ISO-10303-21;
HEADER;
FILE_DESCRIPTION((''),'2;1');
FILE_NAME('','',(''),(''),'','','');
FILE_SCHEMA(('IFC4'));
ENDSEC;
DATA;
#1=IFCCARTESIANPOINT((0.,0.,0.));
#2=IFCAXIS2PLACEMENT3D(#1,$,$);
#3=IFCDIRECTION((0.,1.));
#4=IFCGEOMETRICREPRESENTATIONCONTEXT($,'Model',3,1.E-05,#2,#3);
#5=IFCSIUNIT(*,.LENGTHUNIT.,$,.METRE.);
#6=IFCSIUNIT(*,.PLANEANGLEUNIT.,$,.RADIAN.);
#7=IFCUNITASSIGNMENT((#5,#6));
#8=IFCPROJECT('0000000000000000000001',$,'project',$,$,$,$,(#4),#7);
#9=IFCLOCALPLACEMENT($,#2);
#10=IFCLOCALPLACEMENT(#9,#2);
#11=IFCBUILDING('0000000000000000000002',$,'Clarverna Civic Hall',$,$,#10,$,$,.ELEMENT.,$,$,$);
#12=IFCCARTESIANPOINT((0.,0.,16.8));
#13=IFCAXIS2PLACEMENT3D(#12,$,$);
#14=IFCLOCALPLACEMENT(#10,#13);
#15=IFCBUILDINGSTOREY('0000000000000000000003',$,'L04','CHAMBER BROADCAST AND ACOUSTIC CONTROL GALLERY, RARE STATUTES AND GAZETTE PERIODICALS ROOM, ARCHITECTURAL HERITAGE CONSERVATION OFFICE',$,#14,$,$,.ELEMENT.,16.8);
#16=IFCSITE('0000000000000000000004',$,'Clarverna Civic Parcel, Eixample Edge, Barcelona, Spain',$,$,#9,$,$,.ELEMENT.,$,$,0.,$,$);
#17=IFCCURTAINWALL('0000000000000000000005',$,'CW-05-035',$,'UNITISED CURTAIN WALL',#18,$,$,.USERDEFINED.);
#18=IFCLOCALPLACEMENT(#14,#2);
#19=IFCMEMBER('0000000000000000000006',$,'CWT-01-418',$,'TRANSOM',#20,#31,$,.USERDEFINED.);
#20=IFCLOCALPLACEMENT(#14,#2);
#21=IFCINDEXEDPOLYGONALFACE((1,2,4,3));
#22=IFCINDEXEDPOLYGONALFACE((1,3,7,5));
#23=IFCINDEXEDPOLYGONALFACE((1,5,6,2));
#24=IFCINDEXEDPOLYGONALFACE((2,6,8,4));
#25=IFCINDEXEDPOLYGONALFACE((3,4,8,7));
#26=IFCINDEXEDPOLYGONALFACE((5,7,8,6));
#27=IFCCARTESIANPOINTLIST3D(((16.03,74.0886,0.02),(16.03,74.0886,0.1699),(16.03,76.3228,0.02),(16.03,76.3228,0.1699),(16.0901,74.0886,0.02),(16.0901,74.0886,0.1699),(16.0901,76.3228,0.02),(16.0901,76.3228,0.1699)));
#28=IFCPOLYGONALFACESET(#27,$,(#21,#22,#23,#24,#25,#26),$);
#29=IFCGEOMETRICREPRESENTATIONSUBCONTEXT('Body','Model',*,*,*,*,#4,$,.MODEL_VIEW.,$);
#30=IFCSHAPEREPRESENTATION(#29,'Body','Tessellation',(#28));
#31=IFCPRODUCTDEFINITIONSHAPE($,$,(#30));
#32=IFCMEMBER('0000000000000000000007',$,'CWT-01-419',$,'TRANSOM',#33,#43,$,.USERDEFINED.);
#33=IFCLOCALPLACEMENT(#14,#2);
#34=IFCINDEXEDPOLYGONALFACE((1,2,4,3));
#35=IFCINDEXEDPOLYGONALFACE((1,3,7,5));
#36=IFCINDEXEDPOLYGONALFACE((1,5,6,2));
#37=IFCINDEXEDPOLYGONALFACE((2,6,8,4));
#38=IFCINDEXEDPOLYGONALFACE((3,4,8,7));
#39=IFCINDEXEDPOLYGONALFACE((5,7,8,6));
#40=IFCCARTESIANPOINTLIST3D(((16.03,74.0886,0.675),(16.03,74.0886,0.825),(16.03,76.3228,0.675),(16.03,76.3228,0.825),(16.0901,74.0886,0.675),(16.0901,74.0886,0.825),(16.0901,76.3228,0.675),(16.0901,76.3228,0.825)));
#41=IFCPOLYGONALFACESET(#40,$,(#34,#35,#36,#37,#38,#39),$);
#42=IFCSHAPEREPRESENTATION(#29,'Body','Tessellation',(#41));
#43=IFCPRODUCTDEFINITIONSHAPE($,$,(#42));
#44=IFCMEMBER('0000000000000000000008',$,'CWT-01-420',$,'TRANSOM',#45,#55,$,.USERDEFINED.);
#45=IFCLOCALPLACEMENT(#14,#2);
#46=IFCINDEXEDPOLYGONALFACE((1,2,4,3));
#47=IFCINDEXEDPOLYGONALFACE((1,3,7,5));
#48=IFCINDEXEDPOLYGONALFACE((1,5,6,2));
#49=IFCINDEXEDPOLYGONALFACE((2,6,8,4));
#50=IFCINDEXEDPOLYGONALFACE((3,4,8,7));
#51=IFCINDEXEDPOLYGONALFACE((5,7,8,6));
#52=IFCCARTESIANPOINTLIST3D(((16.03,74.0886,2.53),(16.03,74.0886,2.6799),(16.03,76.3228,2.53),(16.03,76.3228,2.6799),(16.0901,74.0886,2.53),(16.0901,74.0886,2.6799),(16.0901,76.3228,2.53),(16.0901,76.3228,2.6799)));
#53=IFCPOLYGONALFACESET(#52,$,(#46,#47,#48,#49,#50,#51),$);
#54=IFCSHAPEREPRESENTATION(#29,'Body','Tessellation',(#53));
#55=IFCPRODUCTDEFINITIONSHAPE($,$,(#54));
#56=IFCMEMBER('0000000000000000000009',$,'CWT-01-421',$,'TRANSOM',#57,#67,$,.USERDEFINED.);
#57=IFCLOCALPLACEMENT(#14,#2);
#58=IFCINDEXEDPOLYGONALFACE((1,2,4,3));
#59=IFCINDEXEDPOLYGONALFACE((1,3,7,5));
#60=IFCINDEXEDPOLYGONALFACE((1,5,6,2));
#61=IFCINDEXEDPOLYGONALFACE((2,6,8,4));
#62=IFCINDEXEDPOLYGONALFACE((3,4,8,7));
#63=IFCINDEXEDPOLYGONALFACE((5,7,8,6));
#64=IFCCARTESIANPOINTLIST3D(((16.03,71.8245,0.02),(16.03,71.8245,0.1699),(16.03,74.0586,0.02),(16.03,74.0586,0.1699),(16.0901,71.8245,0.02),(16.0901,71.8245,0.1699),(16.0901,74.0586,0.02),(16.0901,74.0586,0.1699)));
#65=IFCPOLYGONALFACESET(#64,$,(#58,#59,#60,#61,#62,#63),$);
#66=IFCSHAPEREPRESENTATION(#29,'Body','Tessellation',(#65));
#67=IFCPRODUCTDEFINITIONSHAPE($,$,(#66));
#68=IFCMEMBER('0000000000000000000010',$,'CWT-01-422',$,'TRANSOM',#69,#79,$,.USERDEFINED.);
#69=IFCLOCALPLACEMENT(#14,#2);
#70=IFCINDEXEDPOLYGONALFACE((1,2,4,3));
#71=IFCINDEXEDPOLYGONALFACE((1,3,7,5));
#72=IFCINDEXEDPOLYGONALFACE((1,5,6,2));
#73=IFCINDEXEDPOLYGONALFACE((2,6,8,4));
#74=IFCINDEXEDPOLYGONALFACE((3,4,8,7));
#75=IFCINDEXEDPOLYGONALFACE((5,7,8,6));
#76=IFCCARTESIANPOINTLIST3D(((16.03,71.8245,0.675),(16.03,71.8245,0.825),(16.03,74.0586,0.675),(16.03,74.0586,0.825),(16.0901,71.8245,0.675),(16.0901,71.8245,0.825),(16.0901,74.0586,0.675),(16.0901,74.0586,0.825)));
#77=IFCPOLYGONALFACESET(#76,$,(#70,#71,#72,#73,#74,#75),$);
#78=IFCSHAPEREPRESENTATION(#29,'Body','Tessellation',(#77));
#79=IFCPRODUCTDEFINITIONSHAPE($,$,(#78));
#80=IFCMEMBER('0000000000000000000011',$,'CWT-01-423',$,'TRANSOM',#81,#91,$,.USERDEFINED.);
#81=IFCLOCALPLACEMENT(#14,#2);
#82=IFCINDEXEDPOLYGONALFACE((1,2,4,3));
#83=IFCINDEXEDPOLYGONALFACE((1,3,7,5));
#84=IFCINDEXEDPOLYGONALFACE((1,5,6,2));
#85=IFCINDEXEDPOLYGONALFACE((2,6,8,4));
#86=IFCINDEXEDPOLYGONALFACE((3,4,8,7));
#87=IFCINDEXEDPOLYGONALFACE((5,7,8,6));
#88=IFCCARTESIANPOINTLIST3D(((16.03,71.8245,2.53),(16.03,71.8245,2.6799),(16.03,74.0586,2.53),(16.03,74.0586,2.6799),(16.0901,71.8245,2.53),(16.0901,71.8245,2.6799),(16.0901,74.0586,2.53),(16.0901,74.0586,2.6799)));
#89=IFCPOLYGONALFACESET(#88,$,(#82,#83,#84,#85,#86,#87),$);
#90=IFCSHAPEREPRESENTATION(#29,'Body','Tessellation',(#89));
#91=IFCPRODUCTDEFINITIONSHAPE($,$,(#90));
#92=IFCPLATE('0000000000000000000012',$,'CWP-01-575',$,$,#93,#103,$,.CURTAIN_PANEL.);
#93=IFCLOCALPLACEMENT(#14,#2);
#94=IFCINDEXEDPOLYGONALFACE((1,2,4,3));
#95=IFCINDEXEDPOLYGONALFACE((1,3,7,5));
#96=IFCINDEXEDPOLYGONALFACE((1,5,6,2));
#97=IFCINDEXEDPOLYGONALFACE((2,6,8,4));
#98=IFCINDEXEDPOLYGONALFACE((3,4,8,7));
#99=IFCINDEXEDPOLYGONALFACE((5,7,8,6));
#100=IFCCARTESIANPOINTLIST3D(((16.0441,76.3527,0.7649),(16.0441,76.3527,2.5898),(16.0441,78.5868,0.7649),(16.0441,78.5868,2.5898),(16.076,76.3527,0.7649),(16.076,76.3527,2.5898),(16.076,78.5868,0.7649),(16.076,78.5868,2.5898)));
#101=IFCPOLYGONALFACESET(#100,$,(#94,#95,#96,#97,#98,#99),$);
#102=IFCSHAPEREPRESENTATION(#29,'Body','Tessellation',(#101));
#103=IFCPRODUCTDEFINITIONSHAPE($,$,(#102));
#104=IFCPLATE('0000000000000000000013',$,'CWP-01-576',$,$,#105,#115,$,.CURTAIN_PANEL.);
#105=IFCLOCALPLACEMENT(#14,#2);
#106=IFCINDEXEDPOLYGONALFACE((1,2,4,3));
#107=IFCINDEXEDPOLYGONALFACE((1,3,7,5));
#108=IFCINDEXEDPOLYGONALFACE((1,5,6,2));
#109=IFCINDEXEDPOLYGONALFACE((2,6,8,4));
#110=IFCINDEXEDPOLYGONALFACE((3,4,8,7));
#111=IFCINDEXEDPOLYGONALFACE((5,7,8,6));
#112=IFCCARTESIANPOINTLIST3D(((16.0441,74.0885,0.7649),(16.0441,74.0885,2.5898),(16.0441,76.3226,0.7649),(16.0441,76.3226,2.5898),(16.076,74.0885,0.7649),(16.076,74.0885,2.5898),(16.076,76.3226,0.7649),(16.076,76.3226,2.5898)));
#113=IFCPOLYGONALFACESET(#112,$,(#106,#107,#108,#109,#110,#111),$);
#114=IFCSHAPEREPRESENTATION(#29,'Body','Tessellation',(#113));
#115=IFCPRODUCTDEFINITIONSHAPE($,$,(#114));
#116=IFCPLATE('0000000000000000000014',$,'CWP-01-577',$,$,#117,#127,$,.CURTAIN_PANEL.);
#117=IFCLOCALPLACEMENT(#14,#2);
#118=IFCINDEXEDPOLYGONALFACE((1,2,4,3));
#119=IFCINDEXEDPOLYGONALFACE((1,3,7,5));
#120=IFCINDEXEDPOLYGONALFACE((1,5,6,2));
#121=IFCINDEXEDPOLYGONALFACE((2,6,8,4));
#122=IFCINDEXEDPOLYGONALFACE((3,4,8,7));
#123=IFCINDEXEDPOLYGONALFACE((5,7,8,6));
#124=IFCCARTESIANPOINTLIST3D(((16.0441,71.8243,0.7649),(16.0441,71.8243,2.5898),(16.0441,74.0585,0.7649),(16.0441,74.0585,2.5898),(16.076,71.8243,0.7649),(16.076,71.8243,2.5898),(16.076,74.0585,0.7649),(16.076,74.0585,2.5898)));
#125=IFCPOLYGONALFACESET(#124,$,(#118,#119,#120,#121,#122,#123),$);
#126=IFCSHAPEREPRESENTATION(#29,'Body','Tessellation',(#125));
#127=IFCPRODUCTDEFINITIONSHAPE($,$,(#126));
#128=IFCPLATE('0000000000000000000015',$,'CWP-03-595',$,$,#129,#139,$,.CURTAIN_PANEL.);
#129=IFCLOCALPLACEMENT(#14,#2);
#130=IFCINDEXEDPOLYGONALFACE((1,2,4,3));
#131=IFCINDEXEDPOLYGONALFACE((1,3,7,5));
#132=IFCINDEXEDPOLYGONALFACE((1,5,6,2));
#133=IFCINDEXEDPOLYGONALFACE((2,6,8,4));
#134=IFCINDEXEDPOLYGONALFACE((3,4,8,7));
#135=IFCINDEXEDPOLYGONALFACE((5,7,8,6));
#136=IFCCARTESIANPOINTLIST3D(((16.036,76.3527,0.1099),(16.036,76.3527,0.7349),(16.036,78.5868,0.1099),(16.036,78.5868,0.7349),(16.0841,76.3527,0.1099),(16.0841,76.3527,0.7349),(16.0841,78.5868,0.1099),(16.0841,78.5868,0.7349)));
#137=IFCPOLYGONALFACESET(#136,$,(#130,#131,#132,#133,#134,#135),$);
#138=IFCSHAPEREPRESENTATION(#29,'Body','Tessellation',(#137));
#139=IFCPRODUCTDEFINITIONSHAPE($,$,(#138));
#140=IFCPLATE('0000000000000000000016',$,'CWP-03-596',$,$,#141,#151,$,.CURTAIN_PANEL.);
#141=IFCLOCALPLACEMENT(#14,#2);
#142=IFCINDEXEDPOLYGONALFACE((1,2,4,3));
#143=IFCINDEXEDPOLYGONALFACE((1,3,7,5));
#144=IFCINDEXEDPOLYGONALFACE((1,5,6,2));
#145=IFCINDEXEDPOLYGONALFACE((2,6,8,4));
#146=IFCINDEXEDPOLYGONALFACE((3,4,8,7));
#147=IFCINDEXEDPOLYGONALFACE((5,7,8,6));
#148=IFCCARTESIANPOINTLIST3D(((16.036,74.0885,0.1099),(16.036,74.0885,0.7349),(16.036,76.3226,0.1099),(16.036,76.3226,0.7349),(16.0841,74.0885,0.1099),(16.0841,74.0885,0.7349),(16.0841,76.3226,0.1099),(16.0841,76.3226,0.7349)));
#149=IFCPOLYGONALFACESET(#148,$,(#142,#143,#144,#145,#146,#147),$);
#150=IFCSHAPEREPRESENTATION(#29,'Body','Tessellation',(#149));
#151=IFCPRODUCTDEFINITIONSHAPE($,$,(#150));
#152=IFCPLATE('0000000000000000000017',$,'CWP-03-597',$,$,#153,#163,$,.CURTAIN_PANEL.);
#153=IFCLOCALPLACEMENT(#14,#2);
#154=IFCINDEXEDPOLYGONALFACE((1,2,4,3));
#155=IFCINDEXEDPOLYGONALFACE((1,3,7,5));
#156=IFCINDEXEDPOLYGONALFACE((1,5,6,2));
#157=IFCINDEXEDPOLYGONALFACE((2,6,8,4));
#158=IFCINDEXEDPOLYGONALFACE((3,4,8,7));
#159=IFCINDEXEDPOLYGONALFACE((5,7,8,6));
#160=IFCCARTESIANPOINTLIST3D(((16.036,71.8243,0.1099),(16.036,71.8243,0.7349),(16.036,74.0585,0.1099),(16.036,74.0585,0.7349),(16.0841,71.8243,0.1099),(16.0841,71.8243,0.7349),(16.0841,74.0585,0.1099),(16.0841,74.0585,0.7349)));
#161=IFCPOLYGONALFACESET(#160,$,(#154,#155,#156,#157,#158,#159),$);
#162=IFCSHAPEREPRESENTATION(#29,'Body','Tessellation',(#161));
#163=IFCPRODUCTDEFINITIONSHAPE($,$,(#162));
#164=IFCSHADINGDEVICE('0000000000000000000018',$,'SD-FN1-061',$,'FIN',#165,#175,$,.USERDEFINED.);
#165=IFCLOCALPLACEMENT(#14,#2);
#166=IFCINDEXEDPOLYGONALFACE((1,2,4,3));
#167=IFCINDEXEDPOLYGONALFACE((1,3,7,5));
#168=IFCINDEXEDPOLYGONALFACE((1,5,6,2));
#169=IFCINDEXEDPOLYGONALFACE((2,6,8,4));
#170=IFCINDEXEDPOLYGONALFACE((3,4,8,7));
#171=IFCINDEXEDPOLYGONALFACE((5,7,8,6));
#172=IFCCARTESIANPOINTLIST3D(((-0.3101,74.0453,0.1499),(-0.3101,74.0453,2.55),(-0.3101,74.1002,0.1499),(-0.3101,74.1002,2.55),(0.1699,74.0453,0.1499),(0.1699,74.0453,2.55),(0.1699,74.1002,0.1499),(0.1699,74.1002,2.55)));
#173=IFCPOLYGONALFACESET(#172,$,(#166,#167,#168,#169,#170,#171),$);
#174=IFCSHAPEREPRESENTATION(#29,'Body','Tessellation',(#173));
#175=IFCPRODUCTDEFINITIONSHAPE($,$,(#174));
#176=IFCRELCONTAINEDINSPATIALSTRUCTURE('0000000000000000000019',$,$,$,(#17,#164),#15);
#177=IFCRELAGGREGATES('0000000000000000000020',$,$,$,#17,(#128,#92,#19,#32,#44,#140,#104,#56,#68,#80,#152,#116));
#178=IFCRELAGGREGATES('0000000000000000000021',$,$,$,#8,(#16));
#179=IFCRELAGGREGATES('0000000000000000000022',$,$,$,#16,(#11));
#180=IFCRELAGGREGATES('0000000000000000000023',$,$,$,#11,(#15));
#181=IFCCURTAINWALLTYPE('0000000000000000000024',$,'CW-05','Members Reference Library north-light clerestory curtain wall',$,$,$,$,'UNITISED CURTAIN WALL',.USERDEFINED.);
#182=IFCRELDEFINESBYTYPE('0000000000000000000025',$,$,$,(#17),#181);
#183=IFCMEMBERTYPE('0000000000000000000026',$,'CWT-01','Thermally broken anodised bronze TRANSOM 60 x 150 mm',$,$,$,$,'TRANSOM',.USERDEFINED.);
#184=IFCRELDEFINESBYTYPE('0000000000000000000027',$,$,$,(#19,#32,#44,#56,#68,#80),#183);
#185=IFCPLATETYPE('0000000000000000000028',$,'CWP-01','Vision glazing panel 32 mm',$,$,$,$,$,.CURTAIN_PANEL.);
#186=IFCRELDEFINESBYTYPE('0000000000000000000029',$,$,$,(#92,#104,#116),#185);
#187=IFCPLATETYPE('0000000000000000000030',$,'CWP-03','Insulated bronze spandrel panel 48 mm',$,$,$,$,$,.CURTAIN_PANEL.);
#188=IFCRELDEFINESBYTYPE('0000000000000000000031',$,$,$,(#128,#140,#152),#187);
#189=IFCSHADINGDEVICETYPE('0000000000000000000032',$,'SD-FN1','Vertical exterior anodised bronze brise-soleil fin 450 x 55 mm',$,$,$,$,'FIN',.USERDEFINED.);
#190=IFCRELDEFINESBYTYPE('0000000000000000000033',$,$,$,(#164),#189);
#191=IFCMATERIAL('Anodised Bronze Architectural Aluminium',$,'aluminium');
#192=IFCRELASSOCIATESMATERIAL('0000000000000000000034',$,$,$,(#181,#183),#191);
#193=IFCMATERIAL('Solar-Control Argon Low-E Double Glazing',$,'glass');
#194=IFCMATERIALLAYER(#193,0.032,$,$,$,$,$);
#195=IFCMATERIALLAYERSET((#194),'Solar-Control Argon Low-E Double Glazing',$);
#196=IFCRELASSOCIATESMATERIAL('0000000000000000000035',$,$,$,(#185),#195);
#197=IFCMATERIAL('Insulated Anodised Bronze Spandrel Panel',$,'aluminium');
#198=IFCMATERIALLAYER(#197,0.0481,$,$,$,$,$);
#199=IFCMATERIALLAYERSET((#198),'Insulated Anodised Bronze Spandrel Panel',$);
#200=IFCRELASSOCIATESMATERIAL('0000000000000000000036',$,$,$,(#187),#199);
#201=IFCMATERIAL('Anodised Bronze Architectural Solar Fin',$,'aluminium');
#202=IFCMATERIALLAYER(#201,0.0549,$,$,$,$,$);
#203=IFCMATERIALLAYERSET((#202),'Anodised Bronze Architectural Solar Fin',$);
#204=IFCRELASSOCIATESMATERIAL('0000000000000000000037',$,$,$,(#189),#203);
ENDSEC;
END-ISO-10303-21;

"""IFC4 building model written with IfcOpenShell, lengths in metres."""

from ifc_helpers import new_model, si_unit, direction, frame, frame_2d, origin, origin_2d, place, context, subcontext, project, spatial, rectangle, extrude, material, layer, layer_set, material_profile, profile_set, type_object, element, aggregate, save


model = new_model("IFC4")

# Units and contexts
model_context = context("Model", 3, precision=1e-05, world=origin(), true_north=direction((0.0, 1.0)))
body_context = subcontext(model_context, "Body", "Model", "MODEL_VIEW")
ifc_project = project(units=[si_unit("LENGTHUNIT", "METRE"), si_unit("PLANEANGLEUNIT", "RADIAN")], contexts=[model_context])

# Site, building, storey
site_placement = place(None, origin())
site = spatial("IfcSite", under=ifc_project, at=site_placement, Name="Clarverna Civic Parcel, Eixample Edge, Barcelona, Spain", CompositionType="ELEMENT", RefElevation=0.0)
building_placement = place(site_placement, origin())
building = spatial("IfcBuilding", under=site, at=building_placement, Name="Clarverna Civic Hall", CompositionType="ELEMENT")
storey_placement = place(building_placement, frame((0.0, 0.0, 16.8)))
storey = spatial("IfcBuildingStorey", under=building, at=storey_placement, Name="L04", Description="CHAMBER BROADCAST AND ACOUSTIC CONTROL GALLERY, RARE STATUTES AND GAZETTE PERIODICALS ROOM, ARCHITECTURAL HERITAGE CONSERVATION OFFICE", CompositionType="ELEMENT", Elevation=16.8)

# Curtain wall, members, plates
ifc_material_1 = material(Name="Anodised Bronze Architectural Aluminium", Category="aluminium")
curtain_wall_type = type_object("IfcCurtainWallType", Name="CW-05", Description="Members Reference Library north-light clerestory curtain wall", ElementType="UNITISED CURTAIN WALL", PredefinedType="USERDEFINED", material=ifc_material_1)
curtain_wall_placement = place(storey_placement, origin())
curtain_wall = element("IfcCurtainWall", 1, at=curtain_wall_placement, inside=storey, type_object=curtain_wall_type, Name="CW-05-035", ObjectType="UNITISED CURTAIN WALL", PredefinedType="USERDEFINED")
ifc_material_profile_1 = material_profile(ifc_material_1, rectangle(XDim=0.0601, YDim=0.1499, at=origin_2d()), Name="BRONZE 60x150")
ifc_profile_set_1 = profile_set([ifc_material_profile_1], Name="Anodised Bronze Architectural Aluminium")
member_type_1 = type_object("IfcMemberType", Name="CWT-01", Description="Thermally broken anodised bronze TRANSOM 60 x 150 mm", ElementType="TRANSOM", PredefinedType="USERDEFINED", material=ifc_profile_set_1)
member_1_placement = place(storey_placement, frame((16.0601, 76.3228, 0.095), z_axis=(0.0, -1.0, 0.0), x_axis=(1.0, 0.0, 0.0)))
member_1 = element("IfcMember", 2, at=member_1_placement, type_object=member_type_1, Name="CWT-01-418", ObjectType="TRANSOM", PredefinedType="USERDEFINED", context=body_context, shape_type="SweptSolid", body=[
    extrude(rectangle(XDim=0.0601, YDim=0.1499, at=origin_2d()), origin(), (0.0, 0.0, 1.0), 2.2341),
])
member_2_placement = place(storey_placement, frame((16.0601, 76.3228, 0.75), z_axis=(0.0, -1.0, 0.0), x_axis=(1.0, 0.0, 0.0)))
member_2 = element("IfcMember", 3, at=member_2_placement, type_object=member_type_1, Name="CWT-01-419", ObjectType="TRANSOM", PredefinedType="USERDEFINED", context=body_context, shape_type="SweptSolid", body=[
    extrude(rectangle(XDim=0.0601, YDim=0.1499, at=origin_2d()), origin(), (0.0, 0.0, 1.0), 2.2341),
])
member_3_placement = place(storey_placement, frame((16.0601, 76.3228, 2.605), z_axis=(0.0, -1.0, 0.0), x_axis=(1.0, 0.0, 0.0)))
member_3 = element("IfcMember", 4, at=member_3_placement, type_object=member_type_1, Name="CWT-01-420", ObjectType="TRANSOM", PredefinedType="USERDEFINED", context=body_context, shape_type="SweptSolid", body=[
    extrude(rectangle(XDim=0.0601, YDim=0.1499, at=origin_2d()), origin(), (0.0, 0.0, 1.0), 2.2341),
])
member_4_placement = place(storey_placement, frame((16.0601, 74.0586, 0.095), z_axis=(0.0, -1.0, 0.0), x_axis=(1.0, 0.0, 0.0)))
member_4 = element("IfcMember", 5, at=member_4_placement, type_object=member_type_1, Name="CWT-01-421", ObjectType="TRANSOM", PredefinedType="USERDEFINED", context=body_context, shape_type="SweptSolid", body=[
    extrude(rectangle(XDim=0.0601, YDim=0.1499, at=origin_2d()), origin(), (0.0, 0.0, 1.0), 2.2341),
])
member_5_placement = place(storey_placement, frame((16.0601, 74.0586, 0.75), z_axis=(0.0, -1.0, 0.0), x_axis=(1.0, 0.0, 0.0)))
member_5 = element("IfcMember", 6, at=member_5_placement, type_object=member_type_1, Name="CWT-01-422", ObjectType="TRANSOM", PredefinedType="USERDEFINED", context=body_context, shape_type="SweptSolid", body=[
    extrude(rectangle(XDim=0.0601, YDim=0.1499, at=origin_2d()), origin(), (0.0, 0.0, 1.0), 2.2341),
])
member_6_placement = place(storey_placement, frame((16.0601, 74.0586, 2.605), z_axis=(0.0, -1.0, 0.0), x_axis=(1.0, 0.0, 0.0)))
member_6 = element("IfcMember", 7, at=member_6_placement, type_object=member_type_1, Name="CWT-01-423", ObjectType="TRANSOM", PredefinedType="USERDEFINED", context=body_context, shape_type="SweptSolid", body=[
    extrude(rectangle(XDim=0.0601, YDim=0.1499, at=origin_2d()), origin(), (0.0, 0.0, 1.0), 2.2341),
])
ifc_material_2 = material(Name="Solar-Control Argon Low-E Double Glazing", Category="glass")
ifc_layer_1 = layer(ifc_material_2, 0.032)
ifc_layer_set_1 = layer_set([ifc_layer_1], Name="Solar-Control Argon Low-E Double Glazing")
plate_type_1 = type_object("IfcPlateType", Name="CWP-01", Description="Vision glazing panel 32 mm", PredefinedType="CURTAIN_PANEL", material=ifc_layer_set_1)
plate_1_placement = place(storey_placement, frame((16.0601, 78.5869, 0.7649), z_axis=(0.0, 0.0, 1.0), x_axis=(0.0, -1.0, 0.0)))
plate_1 = element("IfcPlate", 8, at=plate_1_placement, type_object=plate_type_1, Name="CWP-01-575", PredefinedType="CURTAIN_PANEL", context=body_context, shape_type="SweptSolid", body=[
    extrude(rectangle(XDim=2.2341, YDim=0.032, at=frame_2d((1.1172, 0.0))), origin(), (0.0, 0.0, 1.0), 1.825),
])
plate_2_placement = place(storey_placement, frame((16.0601, 76.3228, 0.7649), z_axis=(0.0, 0.0, 1.0), x_axis=(0.0, -1.0, 0.0)))
plate_2 = element("IfcPlate", 9, at=plate_2_placement, type_object=plate_type_1, Name="CWP-01-576", PredefinedType="CURTAIN_PANEL", context=body_context, shape_type="SweptSolid", body=[
    extrude(rectangle(XDim=2.2341, YDim=0.032, at=frame_2d((1.1172, 0.0))), origin(), (0.0, 0.0, 1.0), 1.825),
])
plate_3_placement = place(storey_placement, frame((16.0601, 74.0586, 0.7649), z_axis=(0.0, 0.0, 1.0), x_axis=(0.0, -1.0, 0.0)))
plate_3 = element("IfcPlate", 10, at=plate_3_placement, type_object=plate_type_1, Name="CWP-01-577", PredefinedType="CURTAIN_PANEL", context=body_context, shape_type="SweptSolid", body=[
    extrude(rectangle(XDim=2.2341, YDim=0.032, at=frame_2d((1.1172, 0.0))), origin(), (0.0, 0.0, 1.0), 1.825),
])
ifc_material_3 = material(Name="Insulated Anodised Bronze Spandrel Panel", Category="aluminium")
ifc_layer_2 = layer(ifc_material_3, 0.0481)
ifc_layer_set_2 = layer_set([ifc_layer_2], Name="Insulated Anodised Bronze Spandrel Panel")
plate_type_2 = type_object("IfcPlateType", Name="CWP-03", Description="Insulated bronze spandrel panel 48 mm", PredefinedType="CURTAIN_PANEL", material=ifc_layer_set_2)
plate_4_placement = place(storey_placement, frame((16.0601, 78.5869, 0.1099), z_axis=(0.0, 0.0, 1.0), x_axis=(0.0, -1.0, 0.0)))
plate_4 = element("IfcPlate", 11, at=plate_4_placement, type_object=plate_type_2, Name="CWP-03-595", PredefinedType="CURTAIN_PANEL", context=body_context, shape_type="SweptSolid", body=[
    extrude(rectangle(XDim=2.2341, YDim=0.0481, at=frame_2d((1.1172, 0.0))), origin(), (0.0, 0.0, 1.0), 0.625),
])
plate_5_placement = place(storey_placement, frame((16.0601, 76.3228, 0.1099), z_axis=(0.0, 0.0, 1.0), x_axis=(0.0, -1.0, 0.0)))
plate_5 = element("IfcPlate", 12, at=plate_5_placement, type_object=plate_type_2, Name="CWP-03-596", PredefinedType="CURTAIN_PANEL", context=body_context, shape_type="SweptSolid", body=[
    extrude(rectangle(XDim=2.2341, YDim=0.0481, at=frame_2d((1.1172, 0.0))), origin(), (0.0, 0.0, 1.0), 0.625),
])
plate_6_placement = place(storey_placement, frame((16.0601, 74.0586, 0.1099), z_axis=(0.0, 0.0, 1.0), x_axis=(0.0, -1.0, 0.0)))
plate_6 = element("IfcPlate", 13, at=plate_6_placement, type_object=plate_type_2, Name="CWP-03-597", PredefinedType="CURTAIN_PANEL", context=body_context, shape_type="SweptSolid", body=[
    extrude(rectangle(XDim=2.2341, YDim=0.0481, at=frame_2d((1.1172, 0.0))), origin(), (0.0, 0.0, 1.0), 0.625),
])
aggregate(curtain_wall, [plate_4, plate_1, member_1, member_2, member_3, plate_5, plate_2, member_4, member_5, member_6, plate_6, plate_3])

# Shading device
ifc_material_4 = material(Name="Anodised Bronze Architectural Solar Fin", Category="aluminium")
ifc_layer_3 = layer(ifc_material_4, 0.0549)
ifc_layer_set_3 = layer_set([ifc_layer_3], Name="Anodised Bronze Architectural Solar Fin")
shading_device_type = type_object("IfcShadingDeviceType", Name="SD-FN1", Description="Vertical exterior anodised bronze brise-soleil fin 450 x 55 mm", ElementType="FIN", PredefinedType="USERDEFINED", material=ifc_layer_set_3)
shading_device_placement = place(storey_placement, frame((0.1699, 74.0728, 0.1499), z_axis=(0.0, 0.0, 1.0), x_axis=(-1.0, 0.0, 0.0)))
element("IfcShadingDevice", 14, at=shading_device_placement, inside=storey, type_object=shading_device_type, Name="SD-FN1-061", ObjectType="FIN", PredefinedType="USERDEFINED", context=body_context, shape_type="SweptSolid", body=[
    extrude(rectangle(XDim=0.48, YDim=0.0549, at=frame_2d((0.24, 0.0))), origin(), (0.0, 0.0, 1.0), 2.4001),
])

save(model, "model.ifc")
